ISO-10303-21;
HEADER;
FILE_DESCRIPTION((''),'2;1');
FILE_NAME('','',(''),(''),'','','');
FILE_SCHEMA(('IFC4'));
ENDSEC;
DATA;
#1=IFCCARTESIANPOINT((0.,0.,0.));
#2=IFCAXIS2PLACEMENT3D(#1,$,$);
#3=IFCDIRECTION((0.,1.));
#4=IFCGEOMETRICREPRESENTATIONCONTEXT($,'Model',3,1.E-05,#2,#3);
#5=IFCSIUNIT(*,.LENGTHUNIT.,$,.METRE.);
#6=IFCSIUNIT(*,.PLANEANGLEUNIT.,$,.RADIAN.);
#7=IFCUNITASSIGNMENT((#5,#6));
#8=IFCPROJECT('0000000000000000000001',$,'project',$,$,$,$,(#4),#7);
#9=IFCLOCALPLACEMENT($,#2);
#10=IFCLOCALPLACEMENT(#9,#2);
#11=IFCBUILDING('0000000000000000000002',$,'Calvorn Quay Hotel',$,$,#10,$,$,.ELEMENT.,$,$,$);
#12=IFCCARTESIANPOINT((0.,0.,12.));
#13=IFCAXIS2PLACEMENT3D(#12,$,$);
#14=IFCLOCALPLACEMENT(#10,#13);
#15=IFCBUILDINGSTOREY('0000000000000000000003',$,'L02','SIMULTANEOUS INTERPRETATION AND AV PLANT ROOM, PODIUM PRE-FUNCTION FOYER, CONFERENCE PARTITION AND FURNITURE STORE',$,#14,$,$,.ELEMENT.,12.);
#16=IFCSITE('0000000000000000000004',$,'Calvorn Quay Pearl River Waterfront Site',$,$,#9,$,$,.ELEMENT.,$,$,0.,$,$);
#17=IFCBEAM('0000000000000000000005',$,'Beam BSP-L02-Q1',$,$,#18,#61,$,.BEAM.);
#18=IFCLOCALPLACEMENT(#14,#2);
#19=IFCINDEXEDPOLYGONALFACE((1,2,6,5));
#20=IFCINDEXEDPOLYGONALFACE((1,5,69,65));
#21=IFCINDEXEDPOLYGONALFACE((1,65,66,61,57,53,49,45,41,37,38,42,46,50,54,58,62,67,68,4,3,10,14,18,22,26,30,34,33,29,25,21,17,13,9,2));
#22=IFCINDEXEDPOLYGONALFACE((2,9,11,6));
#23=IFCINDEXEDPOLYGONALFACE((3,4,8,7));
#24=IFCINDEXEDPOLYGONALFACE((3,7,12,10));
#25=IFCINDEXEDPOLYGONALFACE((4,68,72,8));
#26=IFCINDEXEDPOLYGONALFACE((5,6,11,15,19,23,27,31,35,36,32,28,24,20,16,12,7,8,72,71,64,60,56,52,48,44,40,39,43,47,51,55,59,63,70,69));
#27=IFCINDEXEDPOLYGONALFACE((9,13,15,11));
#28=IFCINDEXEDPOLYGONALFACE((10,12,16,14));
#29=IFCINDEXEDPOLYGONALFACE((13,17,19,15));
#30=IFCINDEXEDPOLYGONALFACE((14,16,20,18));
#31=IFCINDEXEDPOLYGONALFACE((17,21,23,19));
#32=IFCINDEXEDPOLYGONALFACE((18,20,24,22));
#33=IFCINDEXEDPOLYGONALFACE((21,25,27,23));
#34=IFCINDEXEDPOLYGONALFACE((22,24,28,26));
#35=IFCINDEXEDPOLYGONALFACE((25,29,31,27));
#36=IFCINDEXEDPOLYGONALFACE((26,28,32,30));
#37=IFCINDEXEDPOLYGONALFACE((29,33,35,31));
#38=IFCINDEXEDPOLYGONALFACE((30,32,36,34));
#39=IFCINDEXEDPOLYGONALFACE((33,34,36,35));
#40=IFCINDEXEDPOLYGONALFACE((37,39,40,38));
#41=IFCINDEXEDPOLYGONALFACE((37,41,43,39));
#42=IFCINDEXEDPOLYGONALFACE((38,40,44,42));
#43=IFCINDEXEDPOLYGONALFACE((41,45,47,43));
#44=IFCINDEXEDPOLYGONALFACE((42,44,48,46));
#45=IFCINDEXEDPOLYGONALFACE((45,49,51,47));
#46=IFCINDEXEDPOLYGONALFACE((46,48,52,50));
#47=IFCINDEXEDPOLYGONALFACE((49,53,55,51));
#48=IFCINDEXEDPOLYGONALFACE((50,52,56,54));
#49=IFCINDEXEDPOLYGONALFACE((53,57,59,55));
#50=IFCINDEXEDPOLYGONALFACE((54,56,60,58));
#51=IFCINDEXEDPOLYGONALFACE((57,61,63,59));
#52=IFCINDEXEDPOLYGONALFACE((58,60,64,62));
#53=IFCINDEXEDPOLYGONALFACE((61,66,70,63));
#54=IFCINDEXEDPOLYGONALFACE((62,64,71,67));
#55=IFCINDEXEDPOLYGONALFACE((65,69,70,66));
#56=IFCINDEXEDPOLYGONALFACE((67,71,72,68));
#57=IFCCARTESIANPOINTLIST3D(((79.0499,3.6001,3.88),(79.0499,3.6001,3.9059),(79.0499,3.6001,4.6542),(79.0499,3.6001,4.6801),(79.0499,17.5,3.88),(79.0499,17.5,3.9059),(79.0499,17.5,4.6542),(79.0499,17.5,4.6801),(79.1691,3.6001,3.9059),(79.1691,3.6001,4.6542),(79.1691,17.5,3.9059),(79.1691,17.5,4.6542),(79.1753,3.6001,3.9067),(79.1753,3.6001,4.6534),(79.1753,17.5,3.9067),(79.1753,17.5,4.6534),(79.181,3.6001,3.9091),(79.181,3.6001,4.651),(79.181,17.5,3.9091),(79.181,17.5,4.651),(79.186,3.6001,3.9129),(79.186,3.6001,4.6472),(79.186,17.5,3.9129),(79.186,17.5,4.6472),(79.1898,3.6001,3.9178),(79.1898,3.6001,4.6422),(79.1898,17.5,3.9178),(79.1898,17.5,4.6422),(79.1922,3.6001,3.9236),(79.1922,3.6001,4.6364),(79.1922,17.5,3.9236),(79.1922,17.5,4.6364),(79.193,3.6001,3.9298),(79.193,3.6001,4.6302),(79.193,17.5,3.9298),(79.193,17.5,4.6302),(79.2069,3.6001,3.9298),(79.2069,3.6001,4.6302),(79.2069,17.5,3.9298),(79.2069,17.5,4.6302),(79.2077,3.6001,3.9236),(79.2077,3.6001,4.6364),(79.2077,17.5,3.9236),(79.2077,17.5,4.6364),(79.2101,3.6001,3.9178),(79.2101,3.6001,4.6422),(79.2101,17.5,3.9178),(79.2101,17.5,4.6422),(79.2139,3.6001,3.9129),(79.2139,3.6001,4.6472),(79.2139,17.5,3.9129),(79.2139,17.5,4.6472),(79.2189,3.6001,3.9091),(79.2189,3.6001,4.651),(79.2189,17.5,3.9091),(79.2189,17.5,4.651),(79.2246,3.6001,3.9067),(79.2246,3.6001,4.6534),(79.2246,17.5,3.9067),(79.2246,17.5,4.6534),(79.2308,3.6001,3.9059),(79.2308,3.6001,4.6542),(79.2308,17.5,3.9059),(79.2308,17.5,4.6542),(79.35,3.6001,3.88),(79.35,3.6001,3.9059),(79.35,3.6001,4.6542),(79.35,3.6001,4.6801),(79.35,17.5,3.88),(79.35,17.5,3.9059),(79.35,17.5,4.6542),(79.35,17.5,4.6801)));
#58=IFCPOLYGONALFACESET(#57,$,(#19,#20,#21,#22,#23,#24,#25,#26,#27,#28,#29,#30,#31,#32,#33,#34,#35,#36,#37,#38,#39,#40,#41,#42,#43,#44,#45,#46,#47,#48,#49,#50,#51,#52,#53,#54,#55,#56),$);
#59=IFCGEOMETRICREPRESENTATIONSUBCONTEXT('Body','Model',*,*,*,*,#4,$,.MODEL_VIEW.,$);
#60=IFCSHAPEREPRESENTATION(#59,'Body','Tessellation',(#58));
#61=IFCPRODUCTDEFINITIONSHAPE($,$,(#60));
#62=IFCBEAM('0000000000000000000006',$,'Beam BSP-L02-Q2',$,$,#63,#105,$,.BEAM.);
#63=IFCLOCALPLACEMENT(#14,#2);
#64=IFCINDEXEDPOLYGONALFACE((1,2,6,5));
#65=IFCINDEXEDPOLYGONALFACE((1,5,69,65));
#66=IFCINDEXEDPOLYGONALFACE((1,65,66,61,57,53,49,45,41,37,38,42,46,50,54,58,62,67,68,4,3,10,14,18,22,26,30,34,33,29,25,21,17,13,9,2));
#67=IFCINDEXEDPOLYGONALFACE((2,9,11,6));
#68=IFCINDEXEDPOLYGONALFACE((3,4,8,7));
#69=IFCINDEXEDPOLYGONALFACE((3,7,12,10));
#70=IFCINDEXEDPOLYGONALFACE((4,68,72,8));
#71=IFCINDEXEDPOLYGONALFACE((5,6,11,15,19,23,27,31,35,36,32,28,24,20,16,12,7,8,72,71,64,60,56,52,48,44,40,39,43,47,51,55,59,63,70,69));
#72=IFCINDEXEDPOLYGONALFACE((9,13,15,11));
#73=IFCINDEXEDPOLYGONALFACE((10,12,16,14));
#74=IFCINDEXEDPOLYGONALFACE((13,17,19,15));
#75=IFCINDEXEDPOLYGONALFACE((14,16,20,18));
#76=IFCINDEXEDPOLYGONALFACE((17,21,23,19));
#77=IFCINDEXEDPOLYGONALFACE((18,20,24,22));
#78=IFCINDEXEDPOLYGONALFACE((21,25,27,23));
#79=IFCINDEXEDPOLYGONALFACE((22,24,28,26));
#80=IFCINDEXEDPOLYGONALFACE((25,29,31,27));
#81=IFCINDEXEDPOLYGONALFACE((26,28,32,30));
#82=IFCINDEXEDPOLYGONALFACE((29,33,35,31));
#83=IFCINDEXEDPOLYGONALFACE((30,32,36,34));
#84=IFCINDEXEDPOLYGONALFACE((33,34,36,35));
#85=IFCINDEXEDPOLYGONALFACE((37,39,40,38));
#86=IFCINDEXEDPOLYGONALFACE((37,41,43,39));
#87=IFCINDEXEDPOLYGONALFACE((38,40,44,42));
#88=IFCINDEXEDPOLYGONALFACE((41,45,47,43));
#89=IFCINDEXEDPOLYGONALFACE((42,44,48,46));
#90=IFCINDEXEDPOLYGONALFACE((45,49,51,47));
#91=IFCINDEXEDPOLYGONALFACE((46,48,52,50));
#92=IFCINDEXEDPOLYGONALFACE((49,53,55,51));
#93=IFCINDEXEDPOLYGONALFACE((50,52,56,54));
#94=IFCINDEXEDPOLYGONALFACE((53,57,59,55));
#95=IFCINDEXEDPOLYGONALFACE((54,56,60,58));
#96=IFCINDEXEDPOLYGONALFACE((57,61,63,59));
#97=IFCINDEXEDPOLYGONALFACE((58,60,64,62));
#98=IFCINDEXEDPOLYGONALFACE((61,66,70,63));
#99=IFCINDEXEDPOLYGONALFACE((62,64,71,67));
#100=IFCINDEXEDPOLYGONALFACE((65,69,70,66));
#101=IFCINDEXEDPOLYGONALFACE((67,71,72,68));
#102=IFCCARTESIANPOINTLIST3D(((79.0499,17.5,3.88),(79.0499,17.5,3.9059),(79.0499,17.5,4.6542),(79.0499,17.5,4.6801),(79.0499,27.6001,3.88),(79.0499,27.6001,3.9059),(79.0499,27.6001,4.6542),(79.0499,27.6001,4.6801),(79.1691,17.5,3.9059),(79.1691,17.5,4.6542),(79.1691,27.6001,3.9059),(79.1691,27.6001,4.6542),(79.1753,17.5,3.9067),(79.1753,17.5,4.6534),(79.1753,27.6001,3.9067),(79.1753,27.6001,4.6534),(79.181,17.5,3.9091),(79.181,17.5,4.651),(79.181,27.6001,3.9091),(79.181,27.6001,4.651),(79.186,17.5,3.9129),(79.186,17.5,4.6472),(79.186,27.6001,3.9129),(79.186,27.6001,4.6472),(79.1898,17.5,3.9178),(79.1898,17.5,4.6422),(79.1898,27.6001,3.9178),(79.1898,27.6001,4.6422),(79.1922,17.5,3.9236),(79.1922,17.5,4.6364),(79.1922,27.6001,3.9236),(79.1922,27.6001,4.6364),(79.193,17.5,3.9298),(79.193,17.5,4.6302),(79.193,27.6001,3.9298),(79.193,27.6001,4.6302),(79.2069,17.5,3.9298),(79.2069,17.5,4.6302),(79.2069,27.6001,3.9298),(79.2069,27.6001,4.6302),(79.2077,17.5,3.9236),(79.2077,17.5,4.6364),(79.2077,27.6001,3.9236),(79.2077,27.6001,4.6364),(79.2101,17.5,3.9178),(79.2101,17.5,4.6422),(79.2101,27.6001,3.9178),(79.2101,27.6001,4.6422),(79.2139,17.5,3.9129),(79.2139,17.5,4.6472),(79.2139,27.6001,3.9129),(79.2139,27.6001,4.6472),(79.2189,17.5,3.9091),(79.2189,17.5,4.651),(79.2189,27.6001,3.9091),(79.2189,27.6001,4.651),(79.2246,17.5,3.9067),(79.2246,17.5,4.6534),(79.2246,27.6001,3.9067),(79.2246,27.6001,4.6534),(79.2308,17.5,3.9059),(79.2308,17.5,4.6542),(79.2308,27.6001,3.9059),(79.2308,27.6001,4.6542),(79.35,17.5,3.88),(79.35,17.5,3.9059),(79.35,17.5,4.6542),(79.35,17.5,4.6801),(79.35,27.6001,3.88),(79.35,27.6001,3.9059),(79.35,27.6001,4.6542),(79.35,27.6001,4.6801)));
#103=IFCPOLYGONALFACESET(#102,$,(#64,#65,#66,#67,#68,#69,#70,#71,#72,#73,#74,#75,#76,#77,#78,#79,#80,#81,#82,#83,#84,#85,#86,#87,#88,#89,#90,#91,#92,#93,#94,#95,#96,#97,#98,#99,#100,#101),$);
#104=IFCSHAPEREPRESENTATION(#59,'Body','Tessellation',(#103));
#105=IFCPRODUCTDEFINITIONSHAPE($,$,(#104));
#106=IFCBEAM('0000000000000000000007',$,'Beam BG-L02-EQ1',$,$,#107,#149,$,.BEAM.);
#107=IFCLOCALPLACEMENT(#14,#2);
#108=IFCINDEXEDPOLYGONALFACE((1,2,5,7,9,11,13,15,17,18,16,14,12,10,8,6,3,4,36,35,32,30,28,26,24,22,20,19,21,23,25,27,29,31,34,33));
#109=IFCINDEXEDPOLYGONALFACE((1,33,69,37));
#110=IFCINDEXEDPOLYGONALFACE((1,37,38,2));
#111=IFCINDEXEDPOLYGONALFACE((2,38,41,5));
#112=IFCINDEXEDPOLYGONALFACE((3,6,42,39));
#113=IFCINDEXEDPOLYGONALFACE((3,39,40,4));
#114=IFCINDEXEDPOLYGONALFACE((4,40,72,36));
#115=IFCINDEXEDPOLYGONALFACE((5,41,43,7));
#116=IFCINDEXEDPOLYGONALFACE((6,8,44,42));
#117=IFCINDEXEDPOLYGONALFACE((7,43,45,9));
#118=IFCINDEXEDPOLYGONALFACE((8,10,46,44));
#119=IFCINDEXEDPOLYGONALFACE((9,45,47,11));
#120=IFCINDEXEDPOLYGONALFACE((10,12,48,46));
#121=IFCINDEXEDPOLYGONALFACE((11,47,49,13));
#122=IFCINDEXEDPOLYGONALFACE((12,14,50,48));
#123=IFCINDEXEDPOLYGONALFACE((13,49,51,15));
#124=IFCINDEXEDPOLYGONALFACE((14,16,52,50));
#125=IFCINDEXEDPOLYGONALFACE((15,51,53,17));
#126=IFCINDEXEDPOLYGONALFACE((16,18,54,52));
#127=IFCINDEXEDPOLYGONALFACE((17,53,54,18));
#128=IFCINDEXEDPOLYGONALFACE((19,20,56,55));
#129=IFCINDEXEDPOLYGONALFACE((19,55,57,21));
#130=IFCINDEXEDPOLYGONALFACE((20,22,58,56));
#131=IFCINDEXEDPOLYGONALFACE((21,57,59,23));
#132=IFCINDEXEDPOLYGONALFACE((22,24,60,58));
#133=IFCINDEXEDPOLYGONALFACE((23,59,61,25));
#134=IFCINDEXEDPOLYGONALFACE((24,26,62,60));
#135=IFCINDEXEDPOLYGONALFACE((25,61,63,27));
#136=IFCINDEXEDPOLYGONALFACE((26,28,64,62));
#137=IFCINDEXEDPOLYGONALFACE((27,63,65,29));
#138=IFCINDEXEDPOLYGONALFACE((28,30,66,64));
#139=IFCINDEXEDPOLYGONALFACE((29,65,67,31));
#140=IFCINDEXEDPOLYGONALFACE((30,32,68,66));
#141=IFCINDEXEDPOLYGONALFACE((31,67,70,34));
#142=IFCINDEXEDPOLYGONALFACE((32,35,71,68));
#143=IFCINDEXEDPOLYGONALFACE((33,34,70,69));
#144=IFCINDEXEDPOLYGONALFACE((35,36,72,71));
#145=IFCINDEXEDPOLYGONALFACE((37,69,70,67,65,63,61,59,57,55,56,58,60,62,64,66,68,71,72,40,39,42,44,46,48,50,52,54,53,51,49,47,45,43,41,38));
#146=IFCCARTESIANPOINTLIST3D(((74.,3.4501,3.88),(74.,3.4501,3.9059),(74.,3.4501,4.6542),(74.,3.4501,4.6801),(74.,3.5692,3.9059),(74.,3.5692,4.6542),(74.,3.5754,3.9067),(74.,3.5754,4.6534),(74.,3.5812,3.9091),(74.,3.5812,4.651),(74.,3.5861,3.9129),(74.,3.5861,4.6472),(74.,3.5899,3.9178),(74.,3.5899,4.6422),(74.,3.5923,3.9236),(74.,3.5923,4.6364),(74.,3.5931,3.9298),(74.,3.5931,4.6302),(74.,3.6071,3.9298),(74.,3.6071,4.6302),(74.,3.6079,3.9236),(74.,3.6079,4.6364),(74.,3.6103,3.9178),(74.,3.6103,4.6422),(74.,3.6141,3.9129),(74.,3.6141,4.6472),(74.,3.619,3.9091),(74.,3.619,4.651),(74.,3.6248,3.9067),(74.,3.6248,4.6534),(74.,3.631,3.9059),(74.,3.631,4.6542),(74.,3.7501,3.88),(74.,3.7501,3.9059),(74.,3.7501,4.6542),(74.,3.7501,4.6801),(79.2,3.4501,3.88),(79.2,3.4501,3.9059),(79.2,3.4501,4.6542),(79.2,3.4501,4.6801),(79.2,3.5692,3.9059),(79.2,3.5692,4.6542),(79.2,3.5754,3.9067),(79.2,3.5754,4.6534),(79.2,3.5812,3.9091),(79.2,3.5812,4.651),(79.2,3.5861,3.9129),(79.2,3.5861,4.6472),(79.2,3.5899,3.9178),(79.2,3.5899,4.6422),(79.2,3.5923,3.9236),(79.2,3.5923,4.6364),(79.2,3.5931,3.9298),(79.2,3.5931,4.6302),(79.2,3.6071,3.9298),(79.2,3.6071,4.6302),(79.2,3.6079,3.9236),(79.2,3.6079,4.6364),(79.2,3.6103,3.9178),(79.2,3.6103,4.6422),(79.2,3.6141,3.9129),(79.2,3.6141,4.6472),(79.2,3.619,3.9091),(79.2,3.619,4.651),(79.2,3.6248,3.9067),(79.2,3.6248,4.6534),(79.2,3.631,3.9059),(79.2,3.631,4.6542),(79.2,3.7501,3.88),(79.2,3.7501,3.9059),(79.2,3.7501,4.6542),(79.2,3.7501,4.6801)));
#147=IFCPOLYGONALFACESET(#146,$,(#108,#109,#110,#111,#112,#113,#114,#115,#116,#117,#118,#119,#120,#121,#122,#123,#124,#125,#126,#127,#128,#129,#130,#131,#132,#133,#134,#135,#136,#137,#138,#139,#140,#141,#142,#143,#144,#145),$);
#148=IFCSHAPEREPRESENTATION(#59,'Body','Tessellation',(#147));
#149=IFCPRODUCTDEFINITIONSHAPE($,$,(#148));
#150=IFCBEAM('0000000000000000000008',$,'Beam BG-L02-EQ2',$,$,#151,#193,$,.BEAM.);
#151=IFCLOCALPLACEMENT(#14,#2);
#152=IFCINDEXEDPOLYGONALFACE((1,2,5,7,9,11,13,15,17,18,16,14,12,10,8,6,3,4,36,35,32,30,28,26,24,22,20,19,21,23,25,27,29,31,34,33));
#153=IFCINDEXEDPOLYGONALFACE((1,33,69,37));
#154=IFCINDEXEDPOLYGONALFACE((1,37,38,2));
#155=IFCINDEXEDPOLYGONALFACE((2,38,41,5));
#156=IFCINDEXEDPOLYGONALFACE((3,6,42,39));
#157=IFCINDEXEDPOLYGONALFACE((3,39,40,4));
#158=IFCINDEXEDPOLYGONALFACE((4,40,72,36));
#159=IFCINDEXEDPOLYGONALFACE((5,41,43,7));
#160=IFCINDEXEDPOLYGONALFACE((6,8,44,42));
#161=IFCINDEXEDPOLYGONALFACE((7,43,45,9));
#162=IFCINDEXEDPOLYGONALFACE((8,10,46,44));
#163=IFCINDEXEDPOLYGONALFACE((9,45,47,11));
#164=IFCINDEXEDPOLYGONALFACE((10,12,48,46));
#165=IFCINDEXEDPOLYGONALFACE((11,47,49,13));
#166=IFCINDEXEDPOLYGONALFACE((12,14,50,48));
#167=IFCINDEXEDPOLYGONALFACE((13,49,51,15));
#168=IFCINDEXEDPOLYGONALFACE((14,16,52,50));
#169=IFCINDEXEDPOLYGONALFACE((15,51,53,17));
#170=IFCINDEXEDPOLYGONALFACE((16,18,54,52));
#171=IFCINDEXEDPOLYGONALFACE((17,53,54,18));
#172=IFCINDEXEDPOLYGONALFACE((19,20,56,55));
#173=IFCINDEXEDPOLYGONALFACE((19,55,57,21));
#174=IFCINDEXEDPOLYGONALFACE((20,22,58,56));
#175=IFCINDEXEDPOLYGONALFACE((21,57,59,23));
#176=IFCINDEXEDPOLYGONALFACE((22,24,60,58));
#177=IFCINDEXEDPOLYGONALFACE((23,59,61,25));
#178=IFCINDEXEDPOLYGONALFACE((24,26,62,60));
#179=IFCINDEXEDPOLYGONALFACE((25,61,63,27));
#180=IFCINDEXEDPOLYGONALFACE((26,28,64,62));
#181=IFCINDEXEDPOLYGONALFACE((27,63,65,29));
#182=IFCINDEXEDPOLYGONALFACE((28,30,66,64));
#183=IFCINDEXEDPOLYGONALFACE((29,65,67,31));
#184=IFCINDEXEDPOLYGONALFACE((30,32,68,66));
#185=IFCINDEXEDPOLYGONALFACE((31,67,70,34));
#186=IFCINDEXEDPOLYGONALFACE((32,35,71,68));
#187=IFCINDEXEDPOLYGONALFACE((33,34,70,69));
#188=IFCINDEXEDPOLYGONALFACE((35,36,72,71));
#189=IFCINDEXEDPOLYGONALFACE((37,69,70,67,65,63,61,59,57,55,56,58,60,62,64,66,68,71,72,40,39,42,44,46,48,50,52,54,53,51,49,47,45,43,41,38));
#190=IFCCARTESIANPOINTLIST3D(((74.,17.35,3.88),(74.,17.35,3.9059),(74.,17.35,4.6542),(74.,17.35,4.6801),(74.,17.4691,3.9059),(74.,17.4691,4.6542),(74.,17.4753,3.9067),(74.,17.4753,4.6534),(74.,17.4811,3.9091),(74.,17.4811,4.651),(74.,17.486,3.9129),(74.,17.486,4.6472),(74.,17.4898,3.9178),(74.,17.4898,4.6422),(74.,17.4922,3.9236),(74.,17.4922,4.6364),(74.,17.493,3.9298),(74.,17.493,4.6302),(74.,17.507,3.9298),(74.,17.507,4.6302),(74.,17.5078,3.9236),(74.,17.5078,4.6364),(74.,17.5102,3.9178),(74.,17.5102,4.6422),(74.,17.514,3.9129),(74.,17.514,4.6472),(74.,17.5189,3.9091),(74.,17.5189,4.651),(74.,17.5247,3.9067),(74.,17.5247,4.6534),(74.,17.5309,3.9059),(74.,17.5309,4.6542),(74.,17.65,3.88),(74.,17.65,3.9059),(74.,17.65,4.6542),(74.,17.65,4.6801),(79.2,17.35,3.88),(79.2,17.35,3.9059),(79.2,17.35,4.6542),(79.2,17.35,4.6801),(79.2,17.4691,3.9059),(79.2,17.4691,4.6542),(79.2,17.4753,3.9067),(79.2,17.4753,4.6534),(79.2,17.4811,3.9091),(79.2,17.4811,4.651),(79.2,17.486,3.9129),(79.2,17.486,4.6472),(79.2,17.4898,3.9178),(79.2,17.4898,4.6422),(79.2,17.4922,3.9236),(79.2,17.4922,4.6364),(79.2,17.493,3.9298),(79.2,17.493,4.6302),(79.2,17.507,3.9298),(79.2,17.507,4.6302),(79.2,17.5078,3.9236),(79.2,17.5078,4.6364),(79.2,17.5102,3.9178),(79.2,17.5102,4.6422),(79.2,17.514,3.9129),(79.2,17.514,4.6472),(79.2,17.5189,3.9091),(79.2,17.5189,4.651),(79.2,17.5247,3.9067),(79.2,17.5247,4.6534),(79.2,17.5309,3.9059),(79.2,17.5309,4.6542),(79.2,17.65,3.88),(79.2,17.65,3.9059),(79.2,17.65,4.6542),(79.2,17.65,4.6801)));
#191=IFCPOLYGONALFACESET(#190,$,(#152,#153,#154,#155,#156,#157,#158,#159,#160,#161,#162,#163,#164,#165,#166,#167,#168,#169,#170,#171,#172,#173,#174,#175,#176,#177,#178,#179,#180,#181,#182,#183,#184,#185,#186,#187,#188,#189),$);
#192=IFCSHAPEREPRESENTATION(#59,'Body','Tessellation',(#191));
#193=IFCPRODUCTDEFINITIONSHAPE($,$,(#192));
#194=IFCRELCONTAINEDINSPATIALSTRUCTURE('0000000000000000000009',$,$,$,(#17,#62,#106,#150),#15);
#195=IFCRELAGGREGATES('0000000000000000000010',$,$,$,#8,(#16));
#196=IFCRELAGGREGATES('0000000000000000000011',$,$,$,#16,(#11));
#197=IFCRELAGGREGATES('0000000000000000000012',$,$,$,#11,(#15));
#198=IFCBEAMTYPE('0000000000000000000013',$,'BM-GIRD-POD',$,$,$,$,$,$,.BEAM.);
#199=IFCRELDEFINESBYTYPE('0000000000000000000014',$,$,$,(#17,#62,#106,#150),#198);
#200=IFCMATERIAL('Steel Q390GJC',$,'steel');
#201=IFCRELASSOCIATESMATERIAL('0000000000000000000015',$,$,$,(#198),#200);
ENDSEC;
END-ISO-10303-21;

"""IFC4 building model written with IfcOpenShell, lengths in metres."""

from ifc_helpers import new_model, si_unit, direction, frame, origin, origin_2d, place, context, subcontext, project, spatial, i_section, extrude, material, material_profile, profile_set, type_object, element, save


model = new_model("IFC4")

# Units and contexts
model_context = context("Model", 3, precision=1e-05, world=origin(), true_north=direction((0.0, 1.0)))
body_context = subcontext(model_context, "Body", "Model", "MODEL_VIEW")
ifc_project = project(units=[si_unit("LENGTHUNIT", "METRE"), si_unit("PLANEANGLEUNIT", "RADIAN")], contexts=[model_context])

# Site, building, storey
site_placement = place(None, origin())
site = spatial("IfcSite", under=ifc_project, at=site_placement, Name="Calvorn Quay Pearl River Waterfront Site", CompositionType="ELEMENT", RefElevation=0.0)
building_placement = place(site_placement, origin())
building = spatial("IfcBuilding", under=site, at=building_placement, Name="Calvorn Quay Hotel", CompositionType="ELEMENT")
storey_placement = place(building_placement, frame((0.0, 0.0, 12.0)))
storey = spatial("IfcBuildingStorey", under=building, at=storey_placement, Name="L02", Description="SIMULTANEOUS INTERPRETATION AND AV PLANT ROOM, PODIUM PRE-FUNCTION FOYER, CONFERENCE PARTITION AND FURNITURE STORE", CompositionType="ELEMENT", Elevation=12.0)

# Beams
ifc_material_1 = material(Name="Steel Q390GJC", Category="steel")
ifc_material_profile_1 = material_profile(ifc_material_1, i_section(OverallWidth=0.3, OverallDepth=0.8, WebThickness=0.0139, FlangeThickness=0.0259, FilletRadius=0.0239, at=origin_2d()), Name="HN800x300x14x26")
ifc_profile_set_1 = profile_set([ifc_material_profile_1], Name="Steel Q390GJC")
beam_type = type_object("IfcBeamType", Name="BM-GIRD-POD", PredefinedType="BEAM", material=ifc_profile_set_1)
beam_1_placement = place(storey_placement, frame((79.2, 3.6001, 4.28), z_axis=(0.0, 1.0, 0.0), x_axis=(-1.0, 0.0, 0.0)))
element("IfcBeam", 1, at=beam_1_placement, inside=storey, type_object=beam_type, Name="Beam BSP-L02-Q1", PredefinedType="BEAM", context=body_context, shape_type="SweptSolid", body=[
    extrude(i_section(OverallWidth=0.3, OverallDepth=0.8, WebThickness=0.0139, FlangeThickness=0.0259, FilletRadius=0.0239, at=origin_2d()), origin(), (0.0, 0.0, 1.0), 13.8999),
])
beam_2_placement = place(storey_placement, frame((79.2, 17.5, 4.28), z_axis=(0.0, 1.0, 0.0), x_axis=(-1.0, 0.0, 0.0)))
element("IfcBeam", 2, at=beam_2_placement, inside=storey, type_object=beam_type, Name="Beam BSP-L02-Q2", PredefinedType="BEAM", context=body_context, shape_type="SweptSolid", body=[
    extrude(i_section(OverallWidth=0.3, OverallDepth=0.8, WebThickness=0.0139, FlangeThickness=0.0259, FilletRadius=0.0239, at=origin_2d()), origin(), (0.0, 0.0, 1.0), 10.1001),
])
for number, where, z_axis, x_axis, name in (
    (3, (74.0, 3.6001, 4.28), (1.0, 0.0, 0.0), (0.0, 1.0, 0.0), "Beam BG-L02-EQ1"),
    (4, (74.0, 17.5, 4.28), (1.0, 0.0, 0.0), (0.0, 1.0, 0.0), "Beam BG-L02-EQ2"),
):
    element("IfcBeam", number, at=place(storey_placement, frame(where, z_axis=z_axis, x_axis=x_axis)), inside=storey, type_object=beam_type, Name=name, PredefinedType="BEAM", context=body_context, shape_type="SweptSolid", body=[
        extrude(i_section(OverallWidth=0.3, OverallDepth=0.8, WebThickness=0.0139, FlangeThickness=0.0259, FilletRadius=0.0239, at=origin_2d()), origin(), (0.0, 0.0, 1.0), 5.2),
    ])

save(model, "model.ifc")
